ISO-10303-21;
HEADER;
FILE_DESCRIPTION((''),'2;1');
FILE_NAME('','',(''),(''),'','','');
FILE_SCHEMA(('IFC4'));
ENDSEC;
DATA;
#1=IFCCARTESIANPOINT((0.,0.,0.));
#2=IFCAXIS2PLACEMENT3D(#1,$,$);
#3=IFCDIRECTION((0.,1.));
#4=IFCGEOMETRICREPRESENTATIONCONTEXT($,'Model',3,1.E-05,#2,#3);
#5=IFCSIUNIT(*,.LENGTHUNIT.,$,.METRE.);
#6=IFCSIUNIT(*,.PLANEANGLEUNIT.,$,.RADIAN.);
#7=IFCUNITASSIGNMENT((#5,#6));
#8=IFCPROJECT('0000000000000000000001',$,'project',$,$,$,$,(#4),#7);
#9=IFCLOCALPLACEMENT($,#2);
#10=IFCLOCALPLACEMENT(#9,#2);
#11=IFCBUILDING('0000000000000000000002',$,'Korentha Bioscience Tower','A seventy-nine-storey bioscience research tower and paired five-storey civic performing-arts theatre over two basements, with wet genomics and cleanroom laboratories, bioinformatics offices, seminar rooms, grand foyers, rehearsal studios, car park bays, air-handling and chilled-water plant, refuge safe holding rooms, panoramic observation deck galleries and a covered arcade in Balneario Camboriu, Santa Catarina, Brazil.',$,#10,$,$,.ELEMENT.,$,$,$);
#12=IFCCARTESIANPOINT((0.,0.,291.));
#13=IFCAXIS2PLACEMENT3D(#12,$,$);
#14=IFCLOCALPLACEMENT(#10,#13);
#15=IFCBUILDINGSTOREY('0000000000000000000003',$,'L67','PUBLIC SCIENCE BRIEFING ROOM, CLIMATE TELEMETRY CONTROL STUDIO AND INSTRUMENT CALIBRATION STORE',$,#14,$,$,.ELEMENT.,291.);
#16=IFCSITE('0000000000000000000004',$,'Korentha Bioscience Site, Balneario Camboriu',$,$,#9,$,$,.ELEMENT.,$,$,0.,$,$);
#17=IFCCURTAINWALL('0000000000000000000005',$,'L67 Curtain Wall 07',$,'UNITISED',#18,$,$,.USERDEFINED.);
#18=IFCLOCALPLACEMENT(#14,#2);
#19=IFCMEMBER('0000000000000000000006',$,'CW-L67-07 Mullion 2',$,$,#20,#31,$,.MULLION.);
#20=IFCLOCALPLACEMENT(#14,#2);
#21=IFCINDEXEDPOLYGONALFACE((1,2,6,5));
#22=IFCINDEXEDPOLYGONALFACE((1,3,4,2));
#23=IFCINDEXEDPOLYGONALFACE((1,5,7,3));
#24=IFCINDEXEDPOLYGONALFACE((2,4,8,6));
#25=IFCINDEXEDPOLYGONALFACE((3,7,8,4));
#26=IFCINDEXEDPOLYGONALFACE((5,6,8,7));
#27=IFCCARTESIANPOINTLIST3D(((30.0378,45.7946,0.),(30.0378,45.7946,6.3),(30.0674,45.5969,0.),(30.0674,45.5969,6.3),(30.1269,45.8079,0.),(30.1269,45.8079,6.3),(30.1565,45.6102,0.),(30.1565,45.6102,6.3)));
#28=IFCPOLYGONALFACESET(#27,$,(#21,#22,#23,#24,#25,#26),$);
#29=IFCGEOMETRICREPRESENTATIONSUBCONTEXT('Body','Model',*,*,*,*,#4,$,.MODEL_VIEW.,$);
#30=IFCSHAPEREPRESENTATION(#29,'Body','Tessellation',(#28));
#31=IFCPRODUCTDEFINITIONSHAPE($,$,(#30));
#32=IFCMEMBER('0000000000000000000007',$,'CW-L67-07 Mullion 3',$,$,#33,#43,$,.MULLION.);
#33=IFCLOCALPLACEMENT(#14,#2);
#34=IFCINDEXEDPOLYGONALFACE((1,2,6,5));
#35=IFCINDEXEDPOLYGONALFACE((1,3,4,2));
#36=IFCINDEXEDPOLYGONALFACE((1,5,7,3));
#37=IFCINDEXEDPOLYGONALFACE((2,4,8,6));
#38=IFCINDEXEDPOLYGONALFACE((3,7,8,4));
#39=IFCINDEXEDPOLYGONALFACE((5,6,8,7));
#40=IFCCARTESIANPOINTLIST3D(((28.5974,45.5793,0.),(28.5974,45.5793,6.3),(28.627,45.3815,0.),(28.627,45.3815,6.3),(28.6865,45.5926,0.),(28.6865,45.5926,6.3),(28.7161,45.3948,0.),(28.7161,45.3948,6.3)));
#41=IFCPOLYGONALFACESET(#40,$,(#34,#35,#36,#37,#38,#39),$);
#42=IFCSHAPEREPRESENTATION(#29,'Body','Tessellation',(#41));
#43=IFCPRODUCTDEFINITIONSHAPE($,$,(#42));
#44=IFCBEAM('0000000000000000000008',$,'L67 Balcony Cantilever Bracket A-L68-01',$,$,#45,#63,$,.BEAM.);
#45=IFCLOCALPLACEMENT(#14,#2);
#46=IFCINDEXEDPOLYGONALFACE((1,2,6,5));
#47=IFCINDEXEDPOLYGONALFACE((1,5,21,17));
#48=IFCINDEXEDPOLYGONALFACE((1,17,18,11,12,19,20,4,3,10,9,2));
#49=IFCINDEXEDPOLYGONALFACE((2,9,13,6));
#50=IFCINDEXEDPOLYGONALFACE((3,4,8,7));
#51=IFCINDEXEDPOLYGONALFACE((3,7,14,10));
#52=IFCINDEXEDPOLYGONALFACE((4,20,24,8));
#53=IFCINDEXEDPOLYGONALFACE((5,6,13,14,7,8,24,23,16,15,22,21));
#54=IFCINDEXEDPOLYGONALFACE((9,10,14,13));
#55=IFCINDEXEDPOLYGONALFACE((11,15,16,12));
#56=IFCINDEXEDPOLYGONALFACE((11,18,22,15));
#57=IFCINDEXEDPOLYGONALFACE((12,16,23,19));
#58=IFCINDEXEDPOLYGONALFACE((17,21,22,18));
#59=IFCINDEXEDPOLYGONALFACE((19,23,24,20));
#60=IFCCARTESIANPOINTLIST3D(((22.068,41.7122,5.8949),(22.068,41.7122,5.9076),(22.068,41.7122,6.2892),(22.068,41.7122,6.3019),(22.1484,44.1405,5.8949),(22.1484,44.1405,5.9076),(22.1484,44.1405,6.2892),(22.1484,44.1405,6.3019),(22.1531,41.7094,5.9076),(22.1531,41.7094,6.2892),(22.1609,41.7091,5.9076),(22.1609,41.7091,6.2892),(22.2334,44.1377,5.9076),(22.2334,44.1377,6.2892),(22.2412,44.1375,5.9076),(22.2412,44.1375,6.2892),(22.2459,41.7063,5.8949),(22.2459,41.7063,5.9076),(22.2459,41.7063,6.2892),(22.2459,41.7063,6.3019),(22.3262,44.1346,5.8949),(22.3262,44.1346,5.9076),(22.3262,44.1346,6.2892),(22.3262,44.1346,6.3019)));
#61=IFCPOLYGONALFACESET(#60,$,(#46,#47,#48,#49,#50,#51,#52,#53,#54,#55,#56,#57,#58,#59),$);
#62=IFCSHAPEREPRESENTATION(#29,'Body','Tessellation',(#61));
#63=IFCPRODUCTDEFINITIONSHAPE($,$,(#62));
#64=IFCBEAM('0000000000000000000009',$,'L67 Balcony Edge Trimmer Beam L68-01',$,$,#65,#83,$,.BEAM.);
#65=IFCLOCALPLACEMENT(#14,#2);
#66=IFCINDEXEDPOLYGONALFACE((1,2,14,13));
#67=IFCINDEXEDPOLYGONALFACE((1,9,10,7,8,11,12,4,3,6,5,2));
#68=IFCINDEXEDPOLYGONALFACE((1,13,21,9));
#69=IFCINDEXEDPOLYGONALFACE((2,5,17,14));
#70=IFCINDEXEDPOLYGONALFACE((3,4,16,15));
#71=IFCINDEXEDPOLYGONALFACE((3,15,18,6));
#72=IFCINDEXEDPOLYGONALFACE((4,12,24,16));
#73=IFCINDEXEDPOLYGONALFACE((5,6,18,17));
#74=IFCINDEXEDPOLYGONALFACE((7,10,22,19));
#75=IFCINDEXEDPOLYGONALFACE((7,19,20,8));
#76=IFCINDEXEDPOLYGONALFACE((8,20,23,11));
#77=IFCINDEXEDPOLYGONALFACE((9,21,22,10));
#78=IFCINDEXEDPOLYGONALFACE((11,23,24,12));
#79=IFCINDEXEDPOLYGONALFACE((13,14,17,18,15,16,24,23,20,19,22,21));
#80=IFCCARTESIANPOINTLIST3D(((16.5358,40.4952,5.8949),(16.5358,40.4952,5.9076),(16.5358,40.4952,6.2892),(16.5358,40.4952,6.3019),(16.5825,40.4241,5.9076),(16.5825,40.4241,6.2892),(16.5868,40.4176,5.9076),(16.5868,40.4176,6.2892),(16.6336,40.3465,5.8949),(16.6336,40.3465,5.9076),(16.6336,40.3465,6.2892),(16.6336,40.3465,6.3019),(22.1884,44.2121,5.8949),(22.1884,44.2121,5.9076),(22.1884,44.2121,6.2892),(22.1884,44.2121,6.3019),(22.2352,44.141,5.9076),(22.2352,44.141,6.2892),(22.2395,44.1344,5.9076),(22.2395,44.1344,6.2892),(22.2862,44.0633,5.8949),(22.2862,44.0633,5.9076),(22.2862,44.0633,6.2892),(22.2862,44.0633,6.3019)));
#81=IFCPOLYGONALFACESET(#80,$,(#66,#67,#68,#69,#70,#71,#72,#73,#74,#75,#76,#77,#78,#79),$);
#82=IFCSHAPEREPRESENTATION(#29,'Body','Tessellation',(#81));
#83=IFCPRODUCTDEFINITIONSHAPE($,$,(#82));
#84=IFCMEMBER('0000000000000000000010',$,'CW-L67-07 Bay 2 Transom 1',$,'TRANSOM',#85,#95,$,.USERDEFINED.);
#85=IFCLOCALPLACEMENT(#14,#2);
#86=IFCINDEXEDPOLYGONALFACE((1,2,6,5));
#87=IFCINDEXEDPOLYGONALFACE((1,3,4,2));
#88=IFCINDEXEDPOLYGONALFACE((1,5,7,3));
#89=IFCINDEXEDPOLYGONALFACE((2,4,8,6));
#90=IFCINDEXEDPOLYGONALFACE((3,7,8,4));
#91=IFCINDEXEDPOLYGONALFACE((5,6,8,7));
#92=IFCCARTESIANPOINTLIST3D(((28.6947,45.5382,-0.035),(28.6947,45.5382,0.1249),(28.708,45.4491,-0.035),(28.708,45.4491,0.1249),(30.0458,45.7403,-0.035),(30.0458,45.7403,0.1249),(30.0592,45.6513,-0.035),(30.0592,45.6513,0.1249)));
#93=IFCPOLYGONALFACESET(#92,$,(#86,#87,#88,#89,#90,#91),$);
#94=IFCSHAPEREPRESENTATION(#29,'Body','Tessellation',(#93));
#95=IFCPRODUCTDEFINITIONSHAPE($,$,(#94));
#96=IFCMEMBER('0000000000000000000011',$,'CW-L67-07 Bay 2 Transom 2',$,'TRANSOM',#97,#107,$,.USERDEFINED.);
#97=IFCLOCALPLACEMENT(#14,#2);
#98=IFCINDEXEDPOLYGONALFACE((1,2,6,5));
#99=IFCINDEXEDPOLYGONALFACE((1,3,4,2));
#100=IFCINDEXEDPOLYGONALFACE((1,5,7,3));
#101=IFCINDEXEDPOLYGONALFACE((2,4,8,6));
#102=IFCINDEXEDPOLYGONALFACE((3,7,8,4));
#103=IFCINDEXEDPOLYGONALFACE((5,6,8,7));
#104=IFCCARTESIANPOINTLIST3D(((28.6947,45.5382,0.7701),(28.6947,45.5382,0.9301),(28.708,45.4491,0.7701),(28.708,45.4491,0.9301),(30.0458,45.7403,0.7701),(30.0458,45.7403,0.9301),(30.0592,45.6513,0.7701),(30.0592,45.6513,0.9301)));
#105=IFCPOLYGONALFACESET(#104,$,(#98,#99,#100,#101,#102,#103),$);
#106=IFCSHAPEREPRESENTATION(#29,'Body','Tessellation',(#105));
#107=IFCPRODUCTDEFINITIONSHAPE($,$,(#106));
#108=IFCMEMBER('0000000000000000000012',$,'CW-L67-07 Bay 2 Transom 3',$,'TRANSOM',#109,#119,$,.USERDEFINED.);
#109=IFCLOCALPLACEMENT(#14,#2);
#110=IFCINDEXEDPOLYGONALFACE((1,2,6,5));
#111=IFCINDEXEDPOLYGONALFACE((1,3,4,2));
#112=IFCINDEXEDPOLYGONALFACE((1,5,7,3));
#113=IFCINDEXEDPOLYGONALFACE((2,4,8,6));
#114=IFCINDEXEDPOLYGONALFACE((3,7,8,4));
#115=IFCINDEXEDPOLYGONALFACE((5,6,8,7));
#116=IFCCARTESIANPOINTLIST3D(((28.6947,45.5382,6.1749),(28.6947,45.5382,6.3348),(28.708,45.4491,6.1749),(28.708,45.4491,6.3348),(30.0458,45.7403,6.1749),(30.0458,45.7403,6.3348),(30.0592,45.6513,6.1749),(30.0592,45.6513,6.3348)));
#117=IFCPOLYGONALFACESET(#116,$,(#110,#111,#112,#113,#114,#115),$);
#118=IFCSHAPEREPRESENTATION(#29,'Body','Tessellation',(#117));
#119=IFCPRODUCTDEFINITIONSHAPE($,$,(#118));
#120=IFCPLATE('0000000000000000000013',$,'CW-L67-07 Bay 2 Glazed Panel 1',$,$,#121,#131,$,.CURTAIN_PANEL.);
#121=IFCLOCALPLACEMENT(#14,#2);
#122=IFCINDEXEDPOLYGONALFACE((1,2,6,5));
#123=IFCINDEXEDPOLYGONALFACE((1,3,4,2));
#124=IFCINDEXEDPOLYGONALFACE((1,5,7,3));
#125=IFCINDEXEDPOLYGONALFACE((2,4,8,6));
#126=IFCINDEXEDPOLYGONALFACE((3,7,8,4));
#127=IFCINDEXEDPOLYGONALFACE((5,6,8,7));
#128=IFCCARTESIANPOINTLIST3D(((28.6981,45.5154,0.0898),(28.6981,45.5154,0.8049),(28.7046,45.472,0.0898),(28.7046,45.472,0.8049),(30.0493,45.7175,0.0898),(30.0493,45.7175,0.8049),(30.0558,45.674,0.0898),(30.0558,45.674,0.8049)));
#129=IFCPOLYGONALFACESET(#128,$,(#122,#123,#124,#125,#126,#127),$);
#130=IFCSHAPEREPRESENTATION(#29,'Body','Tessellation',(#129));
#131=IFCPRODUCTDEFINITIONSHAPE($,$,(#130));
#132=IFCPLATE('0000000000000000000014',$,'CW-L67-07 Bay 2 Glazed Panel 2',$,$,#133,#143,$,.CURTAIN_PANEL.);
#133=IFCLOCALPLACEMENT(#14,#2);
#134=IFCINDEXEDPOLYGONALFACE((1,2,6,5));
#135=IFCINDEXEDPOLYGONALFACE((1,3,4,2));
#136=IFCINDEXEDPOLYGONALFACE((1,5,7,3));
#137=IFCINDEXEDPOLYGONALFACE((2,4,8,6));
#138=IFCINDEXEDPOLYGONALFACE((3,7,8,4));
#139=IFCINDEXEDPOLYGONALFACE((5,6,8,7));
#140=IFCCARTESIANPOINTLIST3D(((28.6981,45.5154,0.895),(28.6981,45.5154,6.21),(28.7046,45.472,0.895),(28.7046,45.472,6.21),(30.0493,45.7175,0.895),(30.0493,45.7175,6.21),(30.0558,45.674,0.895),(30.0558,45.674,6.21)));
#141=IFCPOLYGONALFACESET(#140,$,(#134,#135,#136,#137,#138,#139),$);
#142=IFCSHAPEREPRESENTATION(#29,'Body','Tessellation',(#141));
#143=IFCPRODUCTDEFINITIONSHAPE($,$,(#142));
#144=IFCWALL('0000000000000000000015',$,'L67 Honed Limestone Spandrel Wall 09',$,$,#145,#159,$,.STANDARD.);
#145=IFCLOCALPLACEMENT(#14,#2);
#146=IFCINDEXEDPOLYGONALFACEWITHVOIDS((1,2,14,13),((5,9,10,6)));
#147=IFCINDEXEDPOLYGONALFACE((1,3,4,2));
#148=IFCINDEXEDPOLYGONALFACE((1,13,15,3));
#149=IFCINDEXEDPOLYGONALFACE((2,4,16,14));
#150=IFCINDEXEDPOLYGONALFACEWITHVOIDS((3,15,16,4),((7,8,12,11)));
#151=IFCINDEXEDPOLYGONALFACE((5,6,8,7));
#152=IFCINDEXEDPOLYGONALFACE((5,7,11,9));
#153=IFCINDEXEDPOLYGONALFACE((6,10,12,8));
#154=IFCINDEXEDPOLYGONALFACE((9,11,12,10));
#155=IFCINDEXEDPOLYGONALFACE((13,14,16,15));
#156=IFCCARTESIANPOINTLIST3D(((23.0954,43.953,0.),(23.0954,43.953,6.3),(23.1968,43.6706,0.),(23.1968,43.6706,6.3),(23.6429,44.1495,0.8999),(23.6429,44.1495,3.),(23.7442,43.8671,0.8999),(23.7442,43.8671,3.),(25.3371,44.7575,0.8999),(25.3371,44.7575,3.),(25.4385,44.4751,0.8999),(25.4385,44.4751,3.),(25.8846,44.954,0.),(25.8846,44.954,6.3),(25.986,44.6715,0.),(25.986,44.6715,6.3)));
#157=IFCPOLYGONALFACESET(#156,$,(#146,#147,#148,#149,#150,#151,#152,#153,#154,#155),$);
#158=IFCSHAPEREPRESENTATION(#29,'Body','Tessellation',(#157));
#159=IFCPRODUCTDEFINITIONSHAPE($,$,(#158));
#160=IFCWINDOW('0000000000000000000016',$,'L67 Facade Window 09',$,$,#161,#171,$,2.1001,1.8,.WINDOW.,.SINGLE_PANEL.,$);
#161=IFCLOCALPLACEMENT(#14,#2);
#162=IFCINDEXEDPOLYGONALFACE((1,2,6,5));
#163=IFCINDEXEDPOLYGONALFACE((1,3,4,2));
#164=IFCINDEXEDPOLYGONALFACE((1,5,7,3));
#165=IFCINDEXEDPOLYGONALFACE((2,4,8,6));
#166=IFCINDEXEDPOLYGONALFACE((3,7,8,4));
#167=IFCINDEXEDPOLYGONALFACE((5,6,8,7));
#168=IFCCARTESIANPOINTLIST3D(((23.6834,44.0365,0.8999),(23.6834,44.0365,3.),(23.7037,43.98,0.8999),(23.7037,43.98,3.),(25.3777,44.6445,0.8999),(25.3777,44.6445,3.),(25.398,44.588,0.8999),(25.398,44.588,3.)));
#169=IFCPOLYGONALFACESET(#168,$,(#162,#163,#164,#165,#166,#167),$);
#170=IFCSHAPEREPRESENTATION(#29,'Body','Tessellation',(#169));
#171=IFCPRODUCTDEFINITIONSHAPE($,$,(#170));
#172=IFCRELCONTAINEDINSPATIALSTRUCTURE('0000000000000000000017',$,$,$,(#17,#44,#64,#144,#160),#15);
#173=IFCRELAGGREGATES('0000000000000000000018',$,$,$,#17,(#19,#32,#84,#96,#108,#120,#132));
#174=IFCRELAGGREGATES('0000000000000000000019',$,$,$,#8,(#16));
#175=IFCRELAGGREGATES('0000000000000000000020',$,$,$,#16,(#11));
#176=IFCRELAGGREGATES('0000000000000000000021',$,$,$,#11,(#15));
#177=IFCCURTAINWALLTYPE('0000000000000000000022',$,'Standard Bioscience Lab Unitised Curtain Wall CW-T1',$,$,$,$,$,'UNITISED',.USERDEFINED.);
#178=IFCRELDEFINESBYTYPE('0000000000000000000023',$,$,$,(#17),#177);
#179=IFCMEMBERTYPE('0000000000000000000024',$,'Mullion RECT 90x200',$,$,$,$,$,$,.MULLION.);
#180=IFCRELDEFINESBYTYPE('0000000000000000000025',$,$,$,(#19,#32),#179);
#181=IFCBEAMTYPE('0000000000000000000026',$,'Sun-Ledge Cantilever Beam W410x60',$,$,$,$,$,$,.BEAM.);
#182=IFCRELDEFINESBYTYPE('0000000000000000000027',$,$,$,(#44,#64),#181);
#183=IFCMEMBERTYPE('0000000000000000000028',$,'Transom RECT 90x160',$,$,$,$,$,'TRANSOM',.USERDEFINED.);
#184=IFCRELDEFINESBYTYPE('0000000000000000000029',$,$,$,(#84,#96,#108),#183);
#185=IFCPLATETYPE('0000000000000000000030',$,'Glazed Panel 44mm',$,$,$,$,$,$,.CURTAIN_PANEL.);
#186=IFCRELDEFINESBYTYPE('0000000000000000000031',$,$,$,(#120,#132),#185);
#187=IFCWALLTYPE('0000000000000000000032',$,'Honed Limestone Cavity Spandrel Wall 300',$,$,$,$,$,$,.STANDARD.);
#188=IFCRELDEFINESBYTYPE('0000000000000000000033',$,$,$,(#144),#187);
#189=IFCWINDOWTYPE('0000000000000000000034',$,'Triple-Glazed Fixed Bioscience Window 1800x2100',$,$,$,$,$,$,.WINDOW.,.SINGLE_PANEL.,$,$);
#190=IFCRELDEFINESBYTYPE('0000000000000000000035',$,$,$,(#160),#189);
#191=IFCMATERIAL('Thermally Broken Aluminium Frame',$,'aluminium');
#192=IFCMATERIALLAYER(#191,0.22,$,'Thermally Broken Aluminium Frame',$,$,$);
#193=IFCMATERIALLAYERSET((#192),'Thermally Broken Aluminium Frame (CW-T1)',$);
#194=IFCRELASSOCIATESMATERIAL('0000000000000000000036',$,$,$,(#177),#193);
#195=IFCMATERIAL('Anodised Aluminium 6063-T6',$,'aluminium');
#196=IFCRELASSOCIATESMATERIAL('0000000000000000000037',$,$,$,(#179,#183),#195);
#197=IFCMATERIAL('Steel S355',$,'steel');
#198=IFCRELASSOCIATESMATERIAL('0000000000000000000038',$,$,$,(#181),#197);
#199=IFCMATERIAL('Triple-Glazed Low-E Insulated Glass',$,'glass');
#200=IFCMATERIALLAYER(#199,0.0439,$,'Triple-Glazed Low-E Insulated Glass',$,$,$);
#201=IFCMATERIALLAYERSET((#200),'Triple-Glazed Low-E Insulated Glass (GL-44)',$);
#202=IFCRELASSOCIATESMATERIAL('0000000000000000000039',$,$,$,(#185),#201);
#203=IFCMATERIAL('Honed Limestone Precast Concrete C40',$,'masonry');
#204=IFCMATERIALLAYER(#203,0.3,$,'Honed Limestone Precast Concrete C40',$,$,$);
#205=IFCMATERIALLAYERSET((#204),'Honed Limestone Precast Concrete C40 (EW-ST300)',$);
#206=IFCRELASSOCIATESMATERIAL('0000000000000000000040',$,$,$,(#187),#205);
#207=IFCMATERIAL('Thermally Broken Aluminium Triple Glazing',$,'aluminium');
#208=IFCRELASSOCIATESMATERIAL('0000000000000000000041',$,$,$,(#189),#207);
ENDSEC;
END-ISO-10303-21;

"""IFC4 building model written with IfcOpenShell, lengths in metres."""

from ifc_helpers import new_model, si_unit, direction, frame, frame_2d, origin, origin_2d, place, context, subcontext, project, spatial, rectangle, i_section, extrude, material, layer, layer_set, material_profile, profile_set, type_object, element, fill, aggregate, save


model = new_model("IFC4")

# Units and contexts
model_context = context("Model", 3, precision=1e-05, world=origin(), true_north=direction((0.0, 1.0)))
body_context = subcontext(model_context, "Body", "Model", "MODEL_VIEW")
ifc_project = project(units=[si_unit("LENGTHUNIT", "METRE"), si_unit("PLANEANGLEUNIT", "RADIAN")], contexts=[model_context])

# Site, building, storey
site_placement = place(None, origin())
site = spatial("IfcSite", under=ifc_project, at=site_placement, Name="Korentha Bioscience Site, Balneario Camboriu", CompositionType="ELEMENT", RefElevation=0.0)
building_placement = place(site_placement, origin())
building = spatial("IfcBuilding", under=site, at=building_placement, Name="Korentha Bioscience Tower", Description="A seventy-nine-storey bioscience research tower and paired five-storey civic performing-arts theatre over two basements, with wet genomics and cleanroom laboratories, bioinformatics offices, seminar rooms, grand foyers, rehearsal studios, car park bays, air-handling and chilled-water plant, refuge safe holding rooms, panoramic observation deck galleries and a covered arcade in Balneario Camboriu, Santa Catarina, Brazil.", CompositionType="ELEMENT")
storey_placement = place(building_placement, frame((0.0, 0.0, 291.0)))
storey = spatial("IfcBuildingStorey", under=building, at=storey_placement, Name="L67", Description="PUBLIC SCIENCE BRIEFING ROOM, CLIMATE TELEMETRY CONTROL STUDIO AND INSTRUMENT CALIBRATION STORE", CompositionType="ELEMENT", Elevation=291.0)

# Shared definitions
ifc_material_1 = material(Name="Steel S355", Category="steel")

# Curtain wall, members
ifc_material_2 = material(Name="Thermally Broken Aluminium Frame", Category="aluminium")
ifc_layer_1 = layer(ifc_material_2, 0.22, Name="Thermally Broken Aluminium Frame")
ifc_layer_set_1 = layer_set([ifc_layer_1], Name="Thermally Broken Aluminium Frame (CW-T1)")
curtain_wall_type = type_object("IfcCurtainWallType", Name="Standard Bioscience Lab Unitised Curtain Wall CW-T1", ElementType="UNITISED", PredefinedType="USERDEFINED", material=ifc_layer_set_1)
curtain_wall_placement = place(storey_placement, origin())
curtain_wall = element("IfcCurtainWall", 1, at=curtain_wall_placement, inside=storey, type_object=curtain_wall_type, Name="L67 Curtain Wall 07", ObjectType="UNITISED", PredefinedType="USERDEFINED")
ifc_material_3 = material(Name="Anodised Aluminium 6063-T6", Category="aluminium")
ifc_material_profile_1 = material_profile(ifc_material_3, rectangle(XDim=0.0901, YDim=0.2, at=origin_2d()), Name="Anodised Aluminium 6063-T6")
ifc_profile_set_1 = profile_set([ifc_material_profile_1], Name="Anodised Aluminium 6063-T6 (CW-MUL)")
member_type_1 = type_object("IfcMemberType", Name="Mullion RECT 90x200", PredefinedType="MULLION", material=ifc_profile_set_1)
member_1_placement = place(storey_placement, frame((30.0972, 45.7024, 0.0), z_axis=(0.0, 0.0, 1.0), x_axis=(-0.989007, -0.147871, 0.0)))
member_1 = element("IfcMember", 2, at=member_1_placement, type_object=member_type_1, Name="CW-L67-07 Mullion 2", PredefinedType="MULLION", context=body_context, shape_type="SweptSolid", body=[
    extrude(rectangle(XDim=0.0901, YDim=0.2, at=origin_2d()), origin(), (0.0, 0.0, 1.0), 6.3),
])
member_2_placement = place(storey_placement, frame((28.6567, 45.4871, 0.0), z_axis=(0.0, 0.0, 1.0), x_axis=(-0.989007, -0.147871, 0.0)))
member_2 = element("IfcMember", 3, at=member_2_placement, type_object=member_type_1, Name="CW-L67-07 Mullion 3", PredefinedType="MULLION", context=body_context, shape_type="SweptSolid", body=[
    extrude(rectangle(XDim=0.0901, YDim=0.2, at=origin_2d()), origin(), (0.0, 0.0, 1.0), 6.3),
])

# Beams
ifc_material_profile_2 = material_profile(ifc_material_1, i_section(OverallWidth=0.178, OverallDepth=0.407, WebThickness=0.0078, FlangeThickness=0.0127, at=origin_2d()), Name="Steel S355")
ifc_profile_set_2 = profile_set([ifc_material_profile_2], Name="Steel S355 (CB-410)")
beam_type_1 = type_object("IfcBeamType", Name="Sun-Ledge Cantilever Beam W410x60", PredefinedType="BEAM", material=ifc_profile_set_2)
beam_1_placement = place(storey_placement, frame((22.157, 41.7092, 6.0984), z_axis=(0.033057, 0.999453, 0.0), x_axis=(-0.999453, 0.033057, 0.0)))
element("IfcBeam", 4, at=beam_1_placement, inside=storey, type_object=beam_type_1, Name="L67 Balcony Cantilever Bracket A-L68-01", PredefinedType="BEAM", context=body_context, shape_type="SweptSolid", body=[
    extrude(i_section(OverallWidth=0.178, OverallDepth=0.407, WebThickness=0.0078, FlangeThickness=0.0127, at=origin_2d()), origin(), (0.0, 0.0, 1.0), 2.4297),
])
beam_2_placement = place(storey_placement, frame((22.2373, 44.1377, 6.0984), z_axis=(-0.835554, -0.549409, 0.0), x_axis=(0.549409, -0.835554, 0.0)))
element("IfcBeam", 5, at=beam_2_placement, inside=storey, type_object=beam_type_1, Name="L67 Balcony Edge Trimmer Beam L68-01", PredefinedType="BEAM", context=body_context, shape_type="SweptSolid", body=[
    extrude(i_section(OverallWidth=0.178, OverallDepth=0.407, WebThickness=0.0078, FlangeThickness=0.0127, at=origin_2d()), origin(), (0.0, 0.0, 1.0), 6.7651),
])

# Members
ifc_material_profile_3 = material_profile(ifc_material_3, rectangle(XDim=0.0901, YDim=0.1599, at=origin_2d()), Name="Anodised Aluminium 6063-T6")
ifc_profile_set_3 = profile_set([ifc_material_profile_3], Name="Anodised Aluminium 6063-T6 (CW-TRN)")
member_type_2 = type_object("IfcMemberType", Name="Transom RECT 90x160", ElementType="TRANSOM", PredefinedType="USERDEFINED", material=ifc_profile_set_3)
member_3_placement = place(storey_placement, frame((30.0525, 45.6958, 0.0449), z_axis=(-0.988991, -0.147973, 0.0), x_axis=(0.147973, -0.988991, 0.0)))
member_3 = element("IfcMember", 6, at=member_3_placement, type_object=member_type_2, Name="CW-L67-07 Bay 2 Transom 1", ObjectType="TRANSOM", PredefinedType="USERDEFINED", context=body_context, shape_type="SweptSolid", body=[
    extrude(rectangle(XDim=0.0901, YDim=0.1599, at=origin_2d()), origin(), (0.0, 0.0, 1.0), 1.3662),
])
member_4_placement = place(storey_placement, frame((30.0525, 45.6958, 0.8501), z_axis=(-0.988991, -0.147973, 0.0), x_axis=(0.147973, -0.988991, 0.0)))
member_4 = element("IfcMember", 7, at=member_4_placement, type_object=member_type_2, Name="CW-L67-07 Bay 2 Transom 2", ObjectType="TRANSOM", PredefinedType="USERDEFINED", context=body_context, shape_type="SweptSolid", body=[
    extrude(rectangle(XDim=0.0901, YDim=0.1599, at=origin_2d()), origin(), (0.0, 0.0, 1.0), 1.3662),
])
member_5_placement = place(storey_placement, frame((30.0525, 45.6958, 6.2549), z_axis=(-0.988991, -0.147973, 0.0), x_axis=(0.147973, -0.988991, 0.0)))
member_5 = element("IfcMember", 8, at=member_5_placement, type_object=member_type_2, Name="CW-L67-07 Bay 2 Transom 3", ObjectType="TRANSOM", PredefinedType="USERDEFINED", context=body_context, shape_type="SweptSolid", body=[
    extrude(rectangle(XDim=0.0901, YDim=0.1599, at=origin_2d()), origin(), (0.0, 0.0, 1.0), 1.3662),
])

# Plates
ifc_material_4 = material(Name="Triple-Glazed Low-E Insulated Glass", Category="glass")
ifc_layer_2 = layer(ifc_material_4, 0.0439, Name="Triple-Glazed Low-E Insulated Glass")
ifc_layer_set_2 = layer_set([ifc_layer_2], Name="Triple-Glazed Low-E Insulated Glass (GL-44)")
plate_type = type_object("IfcPlateType", Name="Glazed Panel 44mm", PredefinedType="CURTAIN_PANEL", material=ifc_layer_set_2)
plate_1_placement = place(storey_placement, frame((29.377, 45.5947, 0.0898), z_axis=(0.0, 0.0, 1.0), x_axis=(-0.989007, -0.147871, 0.0)))
plate_1 = element("IfcPlate", 9, at=plate_1_placement, type_object=plate_type, Name="CW-L67-07 Bay 2 Glazed Panel 1", PredefinedType="CURTAIN_PANEL", context=body_context, shape_type="SweptSolid", body=[
    extrude(rectangle(XDim=1.3662, YDim=0.0439, at=origin_2d()), origin(), (0.0, 0.0, 1.0), 0.7151),
])
plate_2_placement = place(storey_placement, frame((29.377, 45.5947, 0.895), z_axis=(0.0, 0.0, 1.0), x_axis=(-0.989007, -0.147871, 0.0)))
plate_2 = element("IfcPlate", 10, at=plate_2_placement, type_object=plate_type, Name="CW-L67-07 Bay 2 Glazed Panel 2", PredefinedType="CURTAIN_PANEL", context=body_context, shape_type="SweptSolid", body=[
    extrude(rectangle(XDim=1.3662, YDim=0.0439, at=origin_2d()), origin(), (0.0, 0.0, 1.0), 5.3149),
])
aggregate(curtain_wall, [member_1, member_2, member_3, member_4, member_5, plate_1, plate_2])

# Wall, opening, window
ifc_material_5 = material(Name="Honed Limestone Precast Concrete C40", Category="masonry")
ifc_layer_3 = layer(ifc_material_5, 0.3, Name="Honed Limestone Precast Concrete C40")
ifc_layer_set_3 = layer_set([ifc_layer_3], Name="Honed Limestone Precast Concrete C40 (EW-ST300)")
wall_type_1 = type_object("IfcWallType", Name="Honed Limestone Cavity Spandrel Wall 300", PredefinedType="STANDARD", material=ifc_layer_set_3)
wall_1_placement = place(storey_placement, frame((25.9353, 44.8127, 0.0), z_axis=(0.0, 0.0, 1.0), x_axis=(-0.941228, -0.337771, 0.0)))
wall_1 = element("IfcWall", 11, at=wall_1_placement, inside=storey, type_object=wall_type_1, Name="L67 Honed Limestone Spandrel Wall 09", PredefinedType="STANDARD", context=body_context, shape_type="SweptSolid", body=[
    extrude(rectangle(XDim=2.9634, YDim=0.3, at=frame_2d((1.4817, 0.0))), origin(), (0.0, 0.0, 1.0), 6.3),
])
opening_placement = place(wall_1_placement, frame((0.5818, 0.0, 0.8999)))
opening = element("IfcOpeningElement", 12, at=opening_placement, cuts=wall_1, PredefinedType="OPENING", context=body_context, shape_type="SweptSolid", body=[
    extrude(rectangle(XDim=1.8, YDim=2.1001, at=frame_2d((0.8999, 1.05))), frame((0.0, 0.165, 0.0), z_axis=(0.0, -1.0, 0.0), x_axis=(1.0, 0.0, 0.0)), (0.0, 0.0, 1.0), 0.3298),
])
ifc_material_6 = material(Name="Thermally Broken Aluminium Triple Glazing", Category="aluminium")
window_type = type_object("IfcWindowType", Name="Triple-Glazed Fixed Bioscience Window 1800x2100", PartitioningType="SINGLE_PANEL", PredefinedType="WINDOW", material=ifc_material_6)
window_placement = place(opening_placement, origin())
window = element("IfcWindow", 13, at=window_placement, inside=storey, type_object=window_type, Name="L67 Facade Window 09", OverallHeight=2.1001, OverallWidth=1.8, PartitioningType="SINGLE_PANEL", PredefinedType="WINDOW", context=body_context, shape_type="SweptSolid", body=[
    extrude(rectangle(XDim=1.8, YDim=2.1001, at=frame_2d((0.8999, 1.05))), frame((0.0, 0.03, 0.0), z_axis=(0.0, -1.0, 0.0), x_axis=(1.0, 0.0, 0.0)), (0.0, 0.0, 1.0), 0.0601),
])
fill(opening, window)

save(model, "model.ifc")
